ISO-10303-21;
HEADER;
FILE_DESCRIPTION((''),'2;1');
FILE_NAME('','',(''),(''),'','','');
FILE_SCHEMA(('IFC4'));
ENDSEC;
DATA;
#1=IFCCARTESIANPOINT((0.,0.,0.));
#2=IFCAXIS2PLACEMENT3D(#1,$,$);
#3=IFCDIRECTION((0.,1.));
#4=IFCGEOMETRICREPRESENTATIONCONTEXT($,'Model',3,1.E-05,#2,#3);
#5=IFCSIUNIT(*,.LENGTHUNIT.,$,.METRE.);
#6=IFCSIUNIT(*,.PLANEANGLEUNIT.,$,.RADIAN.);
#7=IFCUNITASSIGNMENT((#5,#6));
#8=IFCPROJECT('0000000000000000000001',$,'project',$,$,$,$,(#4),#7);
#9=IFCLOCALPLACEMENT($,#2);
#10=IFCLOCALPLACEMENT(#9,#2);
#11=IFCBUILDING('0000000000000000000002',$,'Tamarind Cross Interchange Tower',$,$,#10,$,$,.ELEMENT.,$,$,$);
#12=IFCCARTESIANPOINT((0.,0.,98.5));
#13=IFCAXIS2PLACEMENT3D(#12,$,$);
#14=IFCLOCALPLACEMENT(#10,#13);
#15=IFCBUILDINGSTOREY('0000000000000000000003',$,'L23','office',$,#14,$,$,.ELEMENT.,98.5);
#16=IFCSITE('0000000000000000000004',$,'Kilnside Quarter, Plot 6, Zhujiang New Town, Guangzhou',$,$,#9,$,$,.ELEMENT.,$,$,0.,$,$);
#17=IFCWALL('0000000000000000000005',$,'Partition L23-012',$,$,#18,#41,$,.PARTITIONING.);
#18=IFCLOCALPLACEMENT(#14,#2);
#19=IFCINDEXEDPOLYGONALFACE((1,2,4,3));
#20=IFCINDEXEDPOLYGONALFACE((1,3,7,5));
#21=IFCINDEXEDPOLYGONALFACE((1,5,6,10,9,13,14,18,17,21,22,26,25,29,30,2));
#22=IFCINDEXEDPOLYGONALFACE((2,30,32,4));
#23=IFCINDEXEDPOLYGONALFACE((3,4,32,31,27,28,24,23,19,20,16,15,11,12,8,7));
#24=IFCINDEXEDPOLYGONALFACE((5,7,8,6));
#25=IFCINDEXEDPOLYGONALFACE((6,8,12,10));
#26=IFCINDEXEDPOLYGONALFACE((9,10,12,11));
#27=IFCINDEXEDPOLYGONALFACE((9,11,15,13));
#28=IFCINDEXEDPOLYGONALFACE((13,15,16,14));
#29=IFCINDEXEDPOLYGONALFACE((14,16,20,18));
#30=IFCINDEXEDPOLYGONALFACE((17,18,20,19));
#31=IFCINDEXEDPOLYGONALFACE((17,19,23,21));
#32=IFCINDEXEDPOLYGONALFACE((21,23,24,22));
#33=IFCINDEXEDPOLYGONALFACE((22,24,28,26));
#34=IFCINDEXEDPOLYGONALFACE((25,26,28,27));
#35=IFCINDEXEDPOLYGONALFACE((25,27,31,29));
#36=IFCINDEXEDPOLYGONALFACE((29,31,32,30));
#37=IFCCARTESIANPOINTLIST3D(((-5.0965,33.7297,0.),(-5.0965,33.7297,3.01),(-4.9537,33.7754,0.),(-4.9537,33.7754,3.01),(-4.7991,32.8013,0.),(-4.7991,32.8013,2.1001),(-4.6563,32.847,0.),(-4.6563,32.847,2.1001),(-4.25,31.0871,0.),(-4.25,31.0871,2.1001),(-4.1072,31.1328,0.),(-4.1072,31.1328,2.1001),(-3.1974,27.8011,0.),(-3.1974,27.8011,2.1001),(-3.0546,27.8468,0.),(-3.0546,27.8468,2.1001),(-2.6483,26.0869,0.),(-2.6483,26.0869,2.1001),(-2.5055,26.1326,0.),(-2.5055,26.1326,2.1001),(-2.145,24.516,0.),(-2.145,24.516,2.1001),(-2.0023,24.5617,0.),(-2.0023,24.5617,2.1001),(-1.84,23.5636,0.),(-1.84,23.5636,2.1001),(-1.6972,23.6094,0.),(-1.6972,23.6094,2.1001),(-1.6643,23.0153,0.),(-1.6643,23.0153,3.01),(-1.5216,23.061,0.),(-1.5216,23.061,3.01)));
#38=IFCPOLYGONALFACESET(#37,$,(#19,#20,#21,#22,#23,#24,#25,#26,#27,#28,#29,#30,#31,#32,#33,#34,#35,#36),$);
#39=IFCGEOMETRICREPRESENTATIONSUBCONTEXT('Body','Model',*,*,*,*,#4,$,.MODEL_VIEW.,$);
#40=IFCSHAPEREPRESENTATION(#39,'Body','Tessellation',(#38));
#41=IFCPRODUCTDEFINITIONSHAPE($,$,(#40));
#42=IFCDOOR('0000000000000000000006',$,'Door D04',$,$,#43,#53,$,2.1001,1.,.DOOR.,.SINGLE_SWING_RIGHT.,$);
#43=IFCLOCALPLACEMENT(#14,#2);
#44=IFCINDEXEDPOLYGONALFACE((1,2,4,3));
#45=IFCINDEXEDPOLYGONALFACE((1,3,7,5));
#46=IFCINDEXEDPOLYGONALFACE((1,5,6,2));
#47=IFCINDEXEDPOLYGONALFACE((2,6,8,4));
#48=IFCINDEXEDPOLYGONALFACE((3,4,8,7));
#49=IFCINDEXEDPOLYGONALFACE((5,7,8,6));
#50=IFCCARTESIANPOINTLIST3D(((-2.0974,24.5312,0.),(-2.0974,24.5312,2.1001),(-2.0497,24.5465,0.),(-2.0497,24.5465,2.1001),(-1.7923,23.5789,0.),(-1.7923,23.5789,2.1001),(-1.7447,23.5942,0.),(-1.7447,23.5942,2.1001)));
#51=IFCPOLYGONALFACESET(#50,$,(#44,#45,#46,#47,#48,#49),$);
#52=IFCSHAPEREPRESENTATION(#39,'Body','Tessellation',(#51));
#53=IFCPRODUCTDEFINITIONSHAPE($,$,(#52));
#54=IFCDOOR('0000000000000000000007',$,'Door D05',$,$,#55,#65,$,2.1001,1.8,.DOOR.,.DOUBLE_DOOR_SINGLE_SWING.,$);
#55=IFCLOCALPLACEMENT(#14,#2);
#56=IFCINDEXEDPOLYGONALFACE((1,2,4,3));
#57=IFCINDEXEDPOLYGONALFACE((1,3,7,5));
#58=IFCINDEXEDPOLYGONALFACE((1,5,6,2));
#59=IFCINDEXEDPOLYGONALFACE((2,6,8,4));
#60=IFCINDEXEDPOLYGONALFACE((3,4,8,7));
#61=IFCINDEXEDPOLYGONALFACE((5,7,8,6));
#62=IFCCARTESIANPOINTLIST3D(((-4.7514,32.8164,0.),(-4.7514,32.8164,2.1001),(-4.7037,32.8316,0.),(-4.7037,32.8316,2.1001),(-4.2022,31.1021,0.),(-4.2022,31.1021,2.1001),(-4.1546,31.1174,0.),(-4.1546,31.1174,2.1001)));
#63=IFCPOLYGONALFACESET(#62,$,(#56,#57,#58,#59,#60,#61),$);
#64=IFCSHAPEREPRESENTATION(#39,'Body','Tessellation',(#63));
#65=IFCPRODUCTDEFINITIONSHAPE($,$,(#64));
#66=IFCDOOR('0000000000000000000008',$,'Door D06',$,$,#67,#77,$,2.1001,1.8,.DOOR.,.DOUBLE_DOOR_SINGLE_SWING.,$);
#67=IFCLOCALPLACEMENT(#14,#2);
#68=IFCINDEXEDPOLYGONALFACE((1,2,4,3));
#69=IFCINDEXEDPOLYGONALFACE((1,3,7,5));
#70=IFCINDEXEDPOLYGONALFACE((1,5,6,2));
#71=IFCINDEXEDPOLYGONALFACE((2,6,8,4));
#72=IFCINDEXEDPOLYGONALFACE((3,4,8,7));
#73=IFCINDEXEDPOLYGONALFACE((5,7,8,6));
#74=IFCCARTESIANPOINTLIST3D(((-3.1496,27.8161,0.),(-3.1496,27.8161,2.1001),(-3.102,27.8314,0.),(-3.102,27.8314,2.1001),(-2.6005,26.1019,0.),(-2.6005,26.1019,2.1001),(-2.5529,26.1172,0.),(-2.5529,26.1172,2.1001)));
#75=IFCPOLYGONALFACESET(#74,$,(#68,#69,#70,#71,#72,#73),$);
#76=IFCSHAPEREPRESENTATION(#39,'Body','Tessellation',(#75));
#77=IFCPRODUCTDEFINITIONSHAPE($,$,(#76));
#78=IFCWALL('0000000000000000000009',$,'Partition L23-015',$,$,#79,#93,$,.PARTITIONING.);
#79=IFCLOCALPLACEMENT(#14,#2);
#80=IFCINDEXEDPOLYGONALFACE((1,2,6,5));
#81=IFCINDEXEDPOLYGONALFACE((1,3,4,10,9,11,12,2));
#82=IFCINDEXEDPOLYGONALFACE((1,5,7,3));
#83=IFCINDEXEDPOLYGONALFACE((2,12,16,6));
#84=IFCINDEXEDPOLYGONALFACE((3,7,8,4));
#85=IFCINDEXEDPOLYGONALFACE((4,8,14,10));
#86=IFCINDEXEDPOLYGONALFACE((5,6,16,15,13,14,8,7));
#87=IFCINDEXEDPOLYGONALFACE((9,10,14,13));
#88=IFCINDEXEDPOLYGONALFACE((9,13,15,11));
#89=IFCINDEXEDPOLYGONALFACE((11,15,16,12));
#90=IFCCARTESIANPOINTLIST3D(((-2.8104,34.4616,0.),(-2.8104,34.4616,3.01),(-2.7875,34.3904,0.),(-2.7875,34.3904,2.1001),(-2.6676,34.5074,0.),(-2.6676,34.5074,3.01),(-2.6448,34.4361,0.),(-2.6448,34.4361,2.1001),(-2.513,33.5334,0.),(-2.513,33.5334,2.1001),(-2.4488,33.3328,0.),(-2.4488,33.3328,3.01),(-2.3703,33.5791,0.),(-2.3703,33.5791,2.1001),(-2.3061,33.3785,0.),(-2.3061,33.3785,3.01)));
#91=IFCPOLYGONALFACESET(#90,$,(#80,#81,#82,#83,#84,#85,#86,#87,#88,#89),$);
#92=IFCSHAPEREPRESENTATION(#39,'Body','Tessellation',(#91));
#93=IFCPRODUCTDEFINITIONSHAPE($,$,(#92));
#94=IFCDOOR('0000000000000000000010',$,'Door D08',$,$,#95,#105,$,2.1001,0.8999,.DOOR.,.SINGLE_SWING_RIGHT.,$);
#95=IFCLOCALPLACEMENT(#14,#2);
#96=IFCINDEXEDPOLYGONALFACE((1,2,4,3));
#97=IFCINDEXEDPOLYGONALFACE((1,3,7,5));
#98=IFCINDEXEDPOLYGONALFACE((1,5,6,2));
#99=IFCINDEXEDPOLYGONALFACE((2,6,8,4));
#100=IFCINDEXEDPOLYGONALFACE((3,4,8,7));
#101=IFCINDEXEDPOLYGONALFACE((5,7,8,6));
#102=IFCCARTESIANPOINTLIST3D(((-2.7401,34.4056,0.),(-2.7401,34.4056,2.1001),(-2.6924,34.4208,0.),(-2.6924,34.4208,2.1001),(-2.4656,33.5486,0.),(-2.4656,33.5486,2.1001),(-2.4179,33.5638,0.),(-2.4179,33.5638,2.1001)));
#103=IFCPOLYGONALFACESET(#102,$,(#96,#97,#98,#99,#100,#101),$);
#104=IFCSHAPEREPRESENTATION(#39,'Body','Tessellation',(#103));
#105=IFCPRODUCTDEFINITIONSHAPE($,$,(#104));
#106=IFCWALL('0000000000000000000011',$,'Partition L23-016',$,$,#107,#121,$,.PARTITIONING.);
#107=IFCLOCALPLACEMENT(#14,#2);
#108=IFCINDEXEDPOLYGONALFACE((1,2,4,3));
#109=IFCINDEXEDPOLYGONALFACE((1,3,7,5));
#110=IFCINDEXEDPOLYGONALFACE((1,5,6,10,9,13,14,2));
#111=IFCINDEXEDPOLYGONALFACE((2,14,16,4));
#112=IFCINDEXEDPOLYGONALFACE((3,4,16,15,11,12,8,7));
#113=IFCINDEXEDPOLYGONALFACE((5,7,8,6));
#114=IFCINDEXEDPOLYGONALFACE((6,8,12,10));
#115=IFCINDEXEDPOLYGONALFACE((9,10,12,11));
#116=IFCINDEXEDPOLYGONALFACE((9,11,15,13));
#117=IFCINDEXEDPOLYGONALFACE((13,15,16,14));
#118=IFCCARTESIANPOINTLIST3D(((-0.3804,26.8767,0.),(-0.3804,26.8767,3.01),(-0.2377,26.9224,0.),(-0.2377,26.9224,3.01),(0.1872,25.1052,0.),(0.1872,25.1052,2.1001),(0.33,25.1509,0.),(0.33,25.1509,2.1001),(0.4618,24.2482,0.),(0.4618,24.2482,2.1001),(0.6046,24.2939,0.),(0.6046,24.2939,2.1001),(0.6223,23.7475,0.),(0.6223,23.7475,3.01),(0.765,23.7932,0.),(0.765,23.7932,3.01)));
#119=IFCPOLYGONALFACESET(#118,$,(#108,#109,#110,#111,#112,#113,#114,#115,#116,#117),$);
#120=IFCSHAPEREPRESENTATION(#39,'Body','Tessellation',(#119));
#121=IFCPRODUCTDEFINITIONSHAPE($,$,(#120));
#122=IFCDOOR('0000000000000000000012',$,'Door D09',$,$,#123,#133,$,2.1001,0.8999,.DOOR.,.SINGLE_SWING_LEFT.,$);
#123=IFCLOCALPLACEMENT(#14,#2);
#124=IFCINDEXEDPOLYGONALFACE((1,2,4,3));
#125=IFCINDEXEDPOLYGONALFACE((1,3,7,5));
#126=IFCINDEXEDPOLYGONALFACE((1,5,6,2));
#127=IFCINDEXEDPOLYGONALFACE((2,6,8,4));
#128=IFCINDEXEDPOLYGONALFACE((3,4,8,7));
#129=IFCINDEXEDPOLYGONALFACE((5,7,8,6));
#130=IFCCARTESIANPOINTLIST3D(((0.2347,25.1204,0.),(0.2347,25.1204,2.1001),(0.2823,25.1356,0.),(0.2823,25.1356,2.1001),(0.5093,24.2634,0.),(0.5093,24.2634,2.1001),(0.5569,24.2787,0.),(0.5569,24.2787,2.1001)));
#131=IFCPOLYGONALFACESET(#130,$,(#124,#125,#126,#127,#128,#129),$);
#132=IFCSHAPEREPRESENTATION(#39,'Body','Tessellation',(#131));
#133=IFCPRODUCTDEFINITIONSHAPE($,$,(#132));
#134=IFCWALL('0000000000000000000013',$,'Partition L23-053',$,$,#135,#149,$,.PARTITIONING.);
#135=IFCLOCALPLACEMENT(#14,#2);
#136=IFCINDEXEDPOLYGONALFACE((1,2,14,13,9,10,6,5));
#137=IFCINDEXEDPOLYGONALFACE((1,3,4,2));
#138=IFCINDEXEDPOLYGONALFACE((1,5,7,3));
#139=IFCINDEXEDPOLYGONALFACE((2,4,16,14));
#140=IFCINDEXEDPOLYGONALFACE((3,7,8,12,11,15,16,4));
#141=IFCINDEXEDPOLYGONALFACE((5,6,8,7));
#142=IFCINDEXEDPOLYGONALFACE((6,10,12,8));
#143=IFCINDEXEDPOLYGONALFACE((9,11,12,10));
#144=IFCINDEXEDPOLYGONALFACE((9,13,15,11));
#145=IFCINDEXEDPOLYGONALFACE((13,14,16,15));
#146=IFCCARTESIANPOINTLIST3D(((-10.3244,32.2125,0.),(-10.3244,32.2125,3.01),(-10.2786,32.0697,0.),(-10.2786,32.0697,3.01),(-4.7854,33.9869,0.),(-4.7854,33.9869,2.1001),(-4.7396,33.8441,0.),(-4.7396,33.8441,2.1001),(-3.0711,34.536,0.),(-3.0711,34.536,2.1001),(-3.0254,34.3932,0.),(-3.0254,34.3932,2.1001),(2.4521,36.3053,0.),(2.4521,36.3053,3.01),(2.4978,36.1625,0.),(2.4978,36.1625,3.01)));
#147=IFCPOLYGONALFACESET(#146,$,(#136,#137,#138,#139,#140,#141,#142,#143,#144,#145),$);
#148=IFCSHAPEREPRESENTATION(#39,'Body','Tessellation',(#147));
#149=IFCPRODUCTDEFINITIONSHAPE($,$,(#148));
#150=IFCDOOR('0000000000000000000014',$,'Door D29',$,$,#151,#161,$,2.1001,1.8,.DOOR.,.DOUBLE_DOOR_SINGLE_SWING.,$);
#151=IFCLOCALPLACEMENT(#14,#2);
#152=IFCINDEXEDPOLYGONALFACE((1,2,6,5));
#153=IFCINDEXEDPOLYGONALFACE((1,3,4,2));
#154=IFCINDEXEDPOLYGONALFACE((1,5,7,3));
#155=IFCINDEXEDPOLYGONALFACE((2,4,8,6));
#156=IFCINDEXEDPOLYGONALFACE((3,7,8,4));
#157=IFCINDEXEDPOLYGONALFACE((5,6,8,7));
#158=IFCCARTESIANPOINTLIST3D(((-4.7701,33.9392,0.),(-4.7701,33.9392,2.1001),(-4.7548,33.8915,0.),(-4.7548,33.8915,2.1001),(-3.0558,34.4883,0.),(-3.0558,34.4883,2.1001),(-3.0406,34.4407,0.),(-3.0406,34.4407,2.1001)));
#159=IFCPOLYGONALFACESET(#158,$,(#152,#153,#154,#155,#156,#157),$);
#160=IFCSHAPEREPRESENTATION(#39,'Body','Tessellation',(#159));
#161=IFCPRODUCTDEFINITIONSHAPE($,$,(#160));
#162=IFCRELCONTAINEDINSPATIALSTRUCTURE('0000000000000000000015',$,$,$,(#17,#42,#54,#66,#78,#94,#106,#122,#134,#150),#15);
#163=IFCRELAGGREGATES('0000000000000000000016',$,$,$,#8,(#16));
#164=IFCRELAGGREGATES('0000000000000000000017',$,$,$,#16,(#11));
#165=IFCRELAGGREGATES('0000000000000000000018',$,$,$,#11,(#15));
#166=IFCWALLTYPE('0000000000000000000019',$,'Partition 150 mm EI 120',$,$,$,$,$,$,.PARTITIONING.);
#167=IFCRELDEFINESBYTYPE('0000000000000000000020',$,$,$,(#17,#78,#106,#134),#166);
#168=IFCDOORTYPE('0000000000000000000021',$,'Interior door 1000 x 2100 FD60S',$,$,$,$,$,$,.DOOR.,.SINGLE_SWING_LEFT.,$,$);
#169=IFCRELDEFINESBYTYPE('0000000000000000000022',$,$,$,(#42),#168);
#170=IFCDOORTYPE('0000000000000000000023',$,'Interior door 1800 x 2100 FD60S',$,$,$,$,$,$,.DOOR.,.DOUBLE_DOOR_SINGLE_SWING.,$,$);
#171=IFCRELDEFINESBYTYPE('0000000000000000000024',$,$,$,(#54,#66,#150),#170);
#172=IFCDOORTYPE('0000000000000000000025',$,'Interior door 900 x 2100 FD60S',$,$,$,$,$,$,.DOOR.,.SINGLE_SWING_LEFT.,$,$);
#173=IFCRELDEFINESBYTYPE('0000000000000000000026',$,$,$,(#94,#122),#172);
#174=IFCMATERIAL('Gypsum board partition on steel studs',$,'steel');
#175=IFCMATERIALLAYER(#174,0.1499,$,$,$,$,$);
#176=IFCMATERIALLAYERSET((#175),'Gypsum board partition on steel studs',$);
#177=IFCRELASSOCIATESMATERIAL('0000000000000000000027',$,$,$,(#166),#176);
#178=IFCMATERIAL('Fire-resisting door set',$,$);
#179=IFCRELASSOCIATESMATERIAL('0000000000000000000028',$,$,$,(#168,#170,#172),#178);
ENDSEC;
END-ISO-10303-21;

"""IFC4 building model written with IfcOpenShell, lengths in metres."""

from ifc_helpers import new_model, si_unit, direction, frame, frame_2d, origin, place, context, subcontext, project, spatial, rectangle, extrude, material, layer, layer_set, type_object, element, fill, save


model = new_model("IFC4")

# Units and contexts
model_context = context("Model", 3, precision=1e-05, world=origin(), true_north=direction((0.0, 1.0)))
body_context = subcontext(model_context, "Body", "Model", "MODEL_VIEW")
ifc_project = project(units=[si_unit("LENGTHUNIT", "METRE"), si_unit("PLANEANGLEUNIT", "RADIAN")], contexts=[model_context])

# Site, building, storey
site_placement = place(None, origin())
site = spatial("IfcSite", under=ifc_project, at=site_placement, Name="Kilnside Quarter, Plot 6, Zhujiang New Town, Guangzhou", CompositionType="ELEMENT", RefElevation=0.0)
building_placement = place(site_placement, origin())
building = spatial("IfcBuilding", under=site, at=building_placement, Name="Tamarind Cross Interchange Tower", CompositionType="ELEMENT")
storey_placement = place(building_placement, frame((0.0, 0.0, 98.5)))
storey = spatial("IfcBuildingStorey", under=building, at=storey_placement, Name="L23", Description="office", CompositionType="ELEMENT", Elevation=98.5)

# Shared definitions
ifc_material_1 = material(Name="Gypsum board partition on steel studs", Category="steel")

# Wall, openings, doors
ifc_layer_1 = layer(ifc_material_1, 0.1499)
ifc_layer_set_1 = layer_set([ifc_layer_1], Name="Gypsum board partition on steel studs")
wall_type_1 = type_object("IfcWallType", Name="Partition 150 mm EI 120", PredefinedType="PARTITIONING", material=ifc_layer_set_1)
wall_1_placement = place(storey_placement, frame((-5.0251, 33.7527, 0.0), z_axis=(0.0, 0.0, 1.0), x_axis=(0.305061, -0.952333, 0.0)))
wall_1 = element("IfcWall", 1, at=wall_1_placement, inside=storey, type_object=wall_type_1, Name="Partition L23-012", PredefinedType="PARTITIONING", context=body_context, shape_type="SweptSolid", body=[
    extrude(rectangle(XDim=11.2507, YDim=0.1499, at=frame_2d((5.6255, 0.0))), origin(), (0.0, 0.0, 1.0), 3.01),
])
opening_1_placement = place(wall_1_placement, frame((9.675, 0.0, 0.0)))
opening_1 = element("IfcOpeningElement", 2, at=opening_1_placement, cuts=wall_1, PredefinedType="OPENING", context=body_context, shape_type="SweptSolid", body=[
    extrude(rectangle(XDim=1.0, YDim=2.1001, at=frame_2d((0.5, 1.05))), frame((0.0, 0.085, 0.0), z_axis=(0.0, -1.0, 0.0), x_axis=(1.0, 0.0, 0.0)), (0.0, 0.0, 1.0), 0.1699),
])
opening_2_placement = place(wall_1_placement, frame((0.9751, 0.0, 0.0)))
opening_2 = element("IfcOpeningElement", 3, at=opening_2_placement, cuts=wall_1, PredefinedType="OPENING", context=body_context, shape_type="SweptSolid", body=[
    extrude(rectangle(XDim=1.8, YDim=2.1001, at=frame_2d((0.8999, 1.05))), frame((0.0, 0.085, 0.0), z_axis=(0.0, -1.0, 0.0), x_axis=(1.0, 0.0, 0.0)), (0.0, 0.0, 1.0), 0.1699),
])
opening_3_placement = place(wall_1_placement, frame((6.2256, 0.0, 0.0)))
opening_3 = element("IfcOpeningElement", 4, at=opening_3_placement, cuts=wall_1, PredefinedType="OPENING", context=body_context, shape_type="SweptSolid", body=[
    extrude(rectangle(XDim=1.8, YDim=2.1001, at=frame_2d((0.8999, 1.05))), frame((0.0, 0.085, 0.0), z_axis=(0.0, -1.0, 0.0), x_axis=(1.0, 0.0, 0.0)), (0.0, 0.0, 1.0), 0.1699),
])
ifc_material_2 = material(Name="Fire-resisting door set")
door_type_1 = type_object("IfcDoorType", Name="Interior door 1000 x 2100 FD60S", OperationType="SINGLE_SWING_LEFT", PredefinedType="DOOR", material=ifc_material_2)
door_1_placement = place(opening_1_placement, frame((1.0, 0.0, 0.0), z_axis=(0.0, 0.0, 1.0), x_axis=(-1.0, 0.0, 0.0)))
door_1 = element("IfcDoor", 5, at=door_1_placement, inside=storey, type_object=door_type_1, Name="Door D04", OperationType="SINGLE_SWING_RIGHT", OverallHeight=2.1001, OverallWidth=1.0, PredefinedType="DOOR", context=body_context, shape_type="SweptSolid", body=[
    extrude(rectangle(XDim=1.0, YDim=2.1001, at=frame_2d((0.5, 1.05))), frame((0.0, 0.0249, 0.0), z_axis=(0.0, -1.0, 0.0), x_axis=(1.0, 0.0, 0.0)), (0.0, 0.0, 1.0), 0.05),
])
fill(opening_1, door_1)
door_type_2 = type_object("IfcDoorType", Name="Interior door 1800 x 2100 FD60S", OperationType="DOUBLE_DOOR_SINGLE_SWING", PredefinedType="DOOR", material=ifc_material_2)
door_2_placement = place(opening_2_placement, frame((1.8, 0.0, 0.0), z_axis=(0.0, 0.0, 1.0), x_axis=(-1.0, 0.0, 0.0)))
door_2 = element("IfcDoor", 6, at=door_2_placement, inside=storey, type_object=door_type_2, Name="Door D05", OperationType="DOUBLE_DOOR_SINGLE_SWING", OverallHeight=2.1001, OverallWidth=1.8, PredefinedType="DOOR", context=body_context, shape_type="SweptSolid", body=[
    extrude(rectangle(XDim=1.8, YDim=2.1001, at=frame_2d((0.8999, 1.05))), frame((0.0, 0.0249, 0.0), z_axis=(0.0, -1.0, 0.0), x_axis=(1.0, 0.0, 0.0)), (0.0, 0.0, 1.0), 0.05),
])
fill(opening_2, door_2)
door_3_placement = place(opening_3_placement, frame((1.8, 0.0, 0.0), z_axis=(0.0, 0.0, 1.0), x_axis=(-1.0, 0.0, 0.0)))
door_3 = element("IfcDoor", 7, at=door_3_placement, inside=storey, type_object=door_type_2, Name="Door D06", OperationType="DOUBLE_DOOR_SINGLE_SWING", OverallHeight=2.1001, OverallWidth=1.8, PredefinedType="DOOR", context=body_context, shape_type="SweptSolid", body=[
    extrude(rectangle(XDim=1.8, YDim=2.1001, at=frame_2d((0.8999, 1.05))), frame((0.0, 0.0249, 0.0), z_axis=(0.0, -1.0, 0.0), x_axis=(1.0, 0.0, 0.0)), (0.0, 0.0, 1.0), 0.05),
])
fill(opening_3, door_3)

# Walls, openings, doors
wall_2_placement = place(storey_placement, frame((-2.739, 34.4846, 0.0), z_axis=(0.0, 0.0, 1.0), x_axis=(0.305022, -0.952345, 0.0)))
wall_2 = element("IfcWall", 8, at=wall_2_placement, inside=storey, type_object=wall_type_1, Name="Partition L23-015", PredefinedType="PARTITIONING", context=body_context, shape_type="SweptSolid", body=[
    extrude(rectangle(XDim=1.1853, YDim=0.1499, at=frame_2d((0.5928, 0.0))), origin(), (0.0, 0.0, 1.0), 3.01),
])
opening_4_placement = place(wall_2_placement, frame((0.075, 0.0, 0.0)))
opening_4 = element("IfcOpeningElement", 9, at=opening_4_placement, cuts=wall_2, PredefinedType="OPENING", context=body_context, shape_type="SweptSolid", body=[
    extrude(rectangle(XDim=0.8999, YDim=2.1001, at=frame_2d((0.45, 1.05))), frame((0.0, 0.085, 0.0), z_axis=(0.0, -1.0, 0.0), x_axis=(1.0, 0.0, 0.0)), (0.0, 0.0, 1.0), 0.1699),
])
door_type_3 = type_object("IfcDoorType", Name="Interior door 900 x 2100 FD60S", OperationType="SINGLE_SWING_LEFT", PredefinedType="DOOR", material=ifc_material_2)
door_4_placement = place(opening_4_placement, origin())
door_4 = element("IfcDoor", 10, at=door_4_placement, inside=storey, type_object=door_type_3, Name="Door D08", OperationType="SINGLE_SWING_RIGHT", OverallHeight=2.1001, OverallWidth=0.8999, PredefinedType="DOOR", context=body_context, shape_type="SweptSolid", body=[
    extrude(rectangle(XDim=0.8999, YDim=2.1001, at=frame_2d((0.45, 1.05))), frame((0.0, 0.0249, 0.0), z_axis=(0.0, -1.0, 0.0), x_axis=(1.0, 0.0, 0.0)), (0.0, 0.0, 1.0), 0.05),
])
fill(opening_4, door_4)
wall_3_placement = place(storey_placement, frame((-0.3091, 26.8997, 0.0), z_axis=(0.0, 0.0, 1.0), x_axis=(0.30515, -0.952304, 0.0)))
wall_3 = element("IfcWall", 11, at=wall_3_placement, inside=storey, type_object=wall_type_1, Name="Partition L23-016", PredefinedType="PARTITIONING", context=body_context, shape_type="SweptSolid", body=[
    extrude(rectangle(XDim=3.2859, YDim=0.1499, at=frame_2d((1.6431, 0.0))), origin(), (0.0, 0.0, 1.0), 3.01),
])
opening_5_placement = place(wall_3_placement, frame((1.8604, 0.0, 0.0)))
opening_5 = element("IfcOpeningElement", 12, at=opening_5_placement, cuts=wall_3, PredefinedType="OPENING", context=body_context, shape_type="SweptSolid", body=[
    extrude(rectangle(XDim=0.8999, YDim=2.1001, at=frame_2d((0.45, 1.05))), frame((0.0, 0.085, 0.0), z_axis=(0.0, -1.0, 0.0), x_axis=(1.0, 0.0, 0.0)), (0.0, 0.0, 1.0), 0.1699),
])
door_5_placement = place(opening_5_placement, origin())
door_5 = element("IfcDoor", 13, at=door_5_placement, inside=storey, type_object=door_type_3, Name="Door D09", OperationType="SINGLE_SWING_LEFT", OverallHeight=2.1001, OverallWidth=0.8999, PredefinedType="DOOR", context=body_context, shape_type="SweptSolid", body=[
    extrude(rectangle(XDim=0.8999, YDim=2.1001, at=frame_2d((0.45, 1.05))), frame((0.0, 0.0249, 0.0), z_axis=(0.0, -1.0, 0.0), x_axis=(1.0, 0.0, 0.0)), (0.0, 0.0, 1.0), 0.05),
])
fill(opening_5, door_5)
wall_4_placement = place(storey_placement, frame((-10.3015, 32.1411, 0.0), z_axis=(0.0, 0.0, 1.0), x_axis=(0.95233, 0.305069, 0.0)))
wall_4 = element("IfcWall", 14, at=wall_4_placement, inside=storey, type_object=wall_type_1, Name="Partition L23-053", PredefinedType="PARTITIONING", context=body_context, shape_type="SweptSolid", body=[
    extrude(rectangle(XDim=13.416, YDim=0.1499, at=frame_2d((6.708, 0.0))), origin(), (0.0, 0.0, 1.0), 3.01),
])
opening_6_placement = place(wall_4_placement, frame((5.8164, 0.0, 0.0)))
opening_6 = element("IfcOpeningElement", 15, at=opening_6_placement, cuts=wall_4, PredefinedType="OPENING", context=body_context, shape_type="SweptSolid", body=[
    extrude(rectangle(XDim=1.8, YDim=2.1001, at=frame_2d((0.8999, 1.05))), frame((0.0, 0.085, 0.0), z_axis=(0.0, -1.0, 0.0), x_axis=(1.0, 0.0, 0.0)), (0.0, 0.0, 1.0), 0.1699),
])
door_6_placement = place(opening_6_placement, origin())
door_6 = element("IfcDoor", 16, at=door_6_placement, inside=storey, type_object=door_type_2, Name="Door D29", OperationType="DOUBLE_DOOR_SINGLE_SWING", OverallHeight=2.1001, OverallWidth=1.8, PredefinedType="DOOR", context=body_context, shape_type="SweptSolid", body=[
    extrude(rectangle(XDim=1.8, YDim=2.1001, at=frame_2d((0.8999, 1.05))), frame((0.0, 0.0249, 0.0), z_axis=(0.0, -1.0, 0.0), x_axis=(1.0, 0.0, 0.0)), (0.0, 0.0, 1.0), 0.05),
])
fill(opening_6, door_6)

save(model, "model.ifc")
